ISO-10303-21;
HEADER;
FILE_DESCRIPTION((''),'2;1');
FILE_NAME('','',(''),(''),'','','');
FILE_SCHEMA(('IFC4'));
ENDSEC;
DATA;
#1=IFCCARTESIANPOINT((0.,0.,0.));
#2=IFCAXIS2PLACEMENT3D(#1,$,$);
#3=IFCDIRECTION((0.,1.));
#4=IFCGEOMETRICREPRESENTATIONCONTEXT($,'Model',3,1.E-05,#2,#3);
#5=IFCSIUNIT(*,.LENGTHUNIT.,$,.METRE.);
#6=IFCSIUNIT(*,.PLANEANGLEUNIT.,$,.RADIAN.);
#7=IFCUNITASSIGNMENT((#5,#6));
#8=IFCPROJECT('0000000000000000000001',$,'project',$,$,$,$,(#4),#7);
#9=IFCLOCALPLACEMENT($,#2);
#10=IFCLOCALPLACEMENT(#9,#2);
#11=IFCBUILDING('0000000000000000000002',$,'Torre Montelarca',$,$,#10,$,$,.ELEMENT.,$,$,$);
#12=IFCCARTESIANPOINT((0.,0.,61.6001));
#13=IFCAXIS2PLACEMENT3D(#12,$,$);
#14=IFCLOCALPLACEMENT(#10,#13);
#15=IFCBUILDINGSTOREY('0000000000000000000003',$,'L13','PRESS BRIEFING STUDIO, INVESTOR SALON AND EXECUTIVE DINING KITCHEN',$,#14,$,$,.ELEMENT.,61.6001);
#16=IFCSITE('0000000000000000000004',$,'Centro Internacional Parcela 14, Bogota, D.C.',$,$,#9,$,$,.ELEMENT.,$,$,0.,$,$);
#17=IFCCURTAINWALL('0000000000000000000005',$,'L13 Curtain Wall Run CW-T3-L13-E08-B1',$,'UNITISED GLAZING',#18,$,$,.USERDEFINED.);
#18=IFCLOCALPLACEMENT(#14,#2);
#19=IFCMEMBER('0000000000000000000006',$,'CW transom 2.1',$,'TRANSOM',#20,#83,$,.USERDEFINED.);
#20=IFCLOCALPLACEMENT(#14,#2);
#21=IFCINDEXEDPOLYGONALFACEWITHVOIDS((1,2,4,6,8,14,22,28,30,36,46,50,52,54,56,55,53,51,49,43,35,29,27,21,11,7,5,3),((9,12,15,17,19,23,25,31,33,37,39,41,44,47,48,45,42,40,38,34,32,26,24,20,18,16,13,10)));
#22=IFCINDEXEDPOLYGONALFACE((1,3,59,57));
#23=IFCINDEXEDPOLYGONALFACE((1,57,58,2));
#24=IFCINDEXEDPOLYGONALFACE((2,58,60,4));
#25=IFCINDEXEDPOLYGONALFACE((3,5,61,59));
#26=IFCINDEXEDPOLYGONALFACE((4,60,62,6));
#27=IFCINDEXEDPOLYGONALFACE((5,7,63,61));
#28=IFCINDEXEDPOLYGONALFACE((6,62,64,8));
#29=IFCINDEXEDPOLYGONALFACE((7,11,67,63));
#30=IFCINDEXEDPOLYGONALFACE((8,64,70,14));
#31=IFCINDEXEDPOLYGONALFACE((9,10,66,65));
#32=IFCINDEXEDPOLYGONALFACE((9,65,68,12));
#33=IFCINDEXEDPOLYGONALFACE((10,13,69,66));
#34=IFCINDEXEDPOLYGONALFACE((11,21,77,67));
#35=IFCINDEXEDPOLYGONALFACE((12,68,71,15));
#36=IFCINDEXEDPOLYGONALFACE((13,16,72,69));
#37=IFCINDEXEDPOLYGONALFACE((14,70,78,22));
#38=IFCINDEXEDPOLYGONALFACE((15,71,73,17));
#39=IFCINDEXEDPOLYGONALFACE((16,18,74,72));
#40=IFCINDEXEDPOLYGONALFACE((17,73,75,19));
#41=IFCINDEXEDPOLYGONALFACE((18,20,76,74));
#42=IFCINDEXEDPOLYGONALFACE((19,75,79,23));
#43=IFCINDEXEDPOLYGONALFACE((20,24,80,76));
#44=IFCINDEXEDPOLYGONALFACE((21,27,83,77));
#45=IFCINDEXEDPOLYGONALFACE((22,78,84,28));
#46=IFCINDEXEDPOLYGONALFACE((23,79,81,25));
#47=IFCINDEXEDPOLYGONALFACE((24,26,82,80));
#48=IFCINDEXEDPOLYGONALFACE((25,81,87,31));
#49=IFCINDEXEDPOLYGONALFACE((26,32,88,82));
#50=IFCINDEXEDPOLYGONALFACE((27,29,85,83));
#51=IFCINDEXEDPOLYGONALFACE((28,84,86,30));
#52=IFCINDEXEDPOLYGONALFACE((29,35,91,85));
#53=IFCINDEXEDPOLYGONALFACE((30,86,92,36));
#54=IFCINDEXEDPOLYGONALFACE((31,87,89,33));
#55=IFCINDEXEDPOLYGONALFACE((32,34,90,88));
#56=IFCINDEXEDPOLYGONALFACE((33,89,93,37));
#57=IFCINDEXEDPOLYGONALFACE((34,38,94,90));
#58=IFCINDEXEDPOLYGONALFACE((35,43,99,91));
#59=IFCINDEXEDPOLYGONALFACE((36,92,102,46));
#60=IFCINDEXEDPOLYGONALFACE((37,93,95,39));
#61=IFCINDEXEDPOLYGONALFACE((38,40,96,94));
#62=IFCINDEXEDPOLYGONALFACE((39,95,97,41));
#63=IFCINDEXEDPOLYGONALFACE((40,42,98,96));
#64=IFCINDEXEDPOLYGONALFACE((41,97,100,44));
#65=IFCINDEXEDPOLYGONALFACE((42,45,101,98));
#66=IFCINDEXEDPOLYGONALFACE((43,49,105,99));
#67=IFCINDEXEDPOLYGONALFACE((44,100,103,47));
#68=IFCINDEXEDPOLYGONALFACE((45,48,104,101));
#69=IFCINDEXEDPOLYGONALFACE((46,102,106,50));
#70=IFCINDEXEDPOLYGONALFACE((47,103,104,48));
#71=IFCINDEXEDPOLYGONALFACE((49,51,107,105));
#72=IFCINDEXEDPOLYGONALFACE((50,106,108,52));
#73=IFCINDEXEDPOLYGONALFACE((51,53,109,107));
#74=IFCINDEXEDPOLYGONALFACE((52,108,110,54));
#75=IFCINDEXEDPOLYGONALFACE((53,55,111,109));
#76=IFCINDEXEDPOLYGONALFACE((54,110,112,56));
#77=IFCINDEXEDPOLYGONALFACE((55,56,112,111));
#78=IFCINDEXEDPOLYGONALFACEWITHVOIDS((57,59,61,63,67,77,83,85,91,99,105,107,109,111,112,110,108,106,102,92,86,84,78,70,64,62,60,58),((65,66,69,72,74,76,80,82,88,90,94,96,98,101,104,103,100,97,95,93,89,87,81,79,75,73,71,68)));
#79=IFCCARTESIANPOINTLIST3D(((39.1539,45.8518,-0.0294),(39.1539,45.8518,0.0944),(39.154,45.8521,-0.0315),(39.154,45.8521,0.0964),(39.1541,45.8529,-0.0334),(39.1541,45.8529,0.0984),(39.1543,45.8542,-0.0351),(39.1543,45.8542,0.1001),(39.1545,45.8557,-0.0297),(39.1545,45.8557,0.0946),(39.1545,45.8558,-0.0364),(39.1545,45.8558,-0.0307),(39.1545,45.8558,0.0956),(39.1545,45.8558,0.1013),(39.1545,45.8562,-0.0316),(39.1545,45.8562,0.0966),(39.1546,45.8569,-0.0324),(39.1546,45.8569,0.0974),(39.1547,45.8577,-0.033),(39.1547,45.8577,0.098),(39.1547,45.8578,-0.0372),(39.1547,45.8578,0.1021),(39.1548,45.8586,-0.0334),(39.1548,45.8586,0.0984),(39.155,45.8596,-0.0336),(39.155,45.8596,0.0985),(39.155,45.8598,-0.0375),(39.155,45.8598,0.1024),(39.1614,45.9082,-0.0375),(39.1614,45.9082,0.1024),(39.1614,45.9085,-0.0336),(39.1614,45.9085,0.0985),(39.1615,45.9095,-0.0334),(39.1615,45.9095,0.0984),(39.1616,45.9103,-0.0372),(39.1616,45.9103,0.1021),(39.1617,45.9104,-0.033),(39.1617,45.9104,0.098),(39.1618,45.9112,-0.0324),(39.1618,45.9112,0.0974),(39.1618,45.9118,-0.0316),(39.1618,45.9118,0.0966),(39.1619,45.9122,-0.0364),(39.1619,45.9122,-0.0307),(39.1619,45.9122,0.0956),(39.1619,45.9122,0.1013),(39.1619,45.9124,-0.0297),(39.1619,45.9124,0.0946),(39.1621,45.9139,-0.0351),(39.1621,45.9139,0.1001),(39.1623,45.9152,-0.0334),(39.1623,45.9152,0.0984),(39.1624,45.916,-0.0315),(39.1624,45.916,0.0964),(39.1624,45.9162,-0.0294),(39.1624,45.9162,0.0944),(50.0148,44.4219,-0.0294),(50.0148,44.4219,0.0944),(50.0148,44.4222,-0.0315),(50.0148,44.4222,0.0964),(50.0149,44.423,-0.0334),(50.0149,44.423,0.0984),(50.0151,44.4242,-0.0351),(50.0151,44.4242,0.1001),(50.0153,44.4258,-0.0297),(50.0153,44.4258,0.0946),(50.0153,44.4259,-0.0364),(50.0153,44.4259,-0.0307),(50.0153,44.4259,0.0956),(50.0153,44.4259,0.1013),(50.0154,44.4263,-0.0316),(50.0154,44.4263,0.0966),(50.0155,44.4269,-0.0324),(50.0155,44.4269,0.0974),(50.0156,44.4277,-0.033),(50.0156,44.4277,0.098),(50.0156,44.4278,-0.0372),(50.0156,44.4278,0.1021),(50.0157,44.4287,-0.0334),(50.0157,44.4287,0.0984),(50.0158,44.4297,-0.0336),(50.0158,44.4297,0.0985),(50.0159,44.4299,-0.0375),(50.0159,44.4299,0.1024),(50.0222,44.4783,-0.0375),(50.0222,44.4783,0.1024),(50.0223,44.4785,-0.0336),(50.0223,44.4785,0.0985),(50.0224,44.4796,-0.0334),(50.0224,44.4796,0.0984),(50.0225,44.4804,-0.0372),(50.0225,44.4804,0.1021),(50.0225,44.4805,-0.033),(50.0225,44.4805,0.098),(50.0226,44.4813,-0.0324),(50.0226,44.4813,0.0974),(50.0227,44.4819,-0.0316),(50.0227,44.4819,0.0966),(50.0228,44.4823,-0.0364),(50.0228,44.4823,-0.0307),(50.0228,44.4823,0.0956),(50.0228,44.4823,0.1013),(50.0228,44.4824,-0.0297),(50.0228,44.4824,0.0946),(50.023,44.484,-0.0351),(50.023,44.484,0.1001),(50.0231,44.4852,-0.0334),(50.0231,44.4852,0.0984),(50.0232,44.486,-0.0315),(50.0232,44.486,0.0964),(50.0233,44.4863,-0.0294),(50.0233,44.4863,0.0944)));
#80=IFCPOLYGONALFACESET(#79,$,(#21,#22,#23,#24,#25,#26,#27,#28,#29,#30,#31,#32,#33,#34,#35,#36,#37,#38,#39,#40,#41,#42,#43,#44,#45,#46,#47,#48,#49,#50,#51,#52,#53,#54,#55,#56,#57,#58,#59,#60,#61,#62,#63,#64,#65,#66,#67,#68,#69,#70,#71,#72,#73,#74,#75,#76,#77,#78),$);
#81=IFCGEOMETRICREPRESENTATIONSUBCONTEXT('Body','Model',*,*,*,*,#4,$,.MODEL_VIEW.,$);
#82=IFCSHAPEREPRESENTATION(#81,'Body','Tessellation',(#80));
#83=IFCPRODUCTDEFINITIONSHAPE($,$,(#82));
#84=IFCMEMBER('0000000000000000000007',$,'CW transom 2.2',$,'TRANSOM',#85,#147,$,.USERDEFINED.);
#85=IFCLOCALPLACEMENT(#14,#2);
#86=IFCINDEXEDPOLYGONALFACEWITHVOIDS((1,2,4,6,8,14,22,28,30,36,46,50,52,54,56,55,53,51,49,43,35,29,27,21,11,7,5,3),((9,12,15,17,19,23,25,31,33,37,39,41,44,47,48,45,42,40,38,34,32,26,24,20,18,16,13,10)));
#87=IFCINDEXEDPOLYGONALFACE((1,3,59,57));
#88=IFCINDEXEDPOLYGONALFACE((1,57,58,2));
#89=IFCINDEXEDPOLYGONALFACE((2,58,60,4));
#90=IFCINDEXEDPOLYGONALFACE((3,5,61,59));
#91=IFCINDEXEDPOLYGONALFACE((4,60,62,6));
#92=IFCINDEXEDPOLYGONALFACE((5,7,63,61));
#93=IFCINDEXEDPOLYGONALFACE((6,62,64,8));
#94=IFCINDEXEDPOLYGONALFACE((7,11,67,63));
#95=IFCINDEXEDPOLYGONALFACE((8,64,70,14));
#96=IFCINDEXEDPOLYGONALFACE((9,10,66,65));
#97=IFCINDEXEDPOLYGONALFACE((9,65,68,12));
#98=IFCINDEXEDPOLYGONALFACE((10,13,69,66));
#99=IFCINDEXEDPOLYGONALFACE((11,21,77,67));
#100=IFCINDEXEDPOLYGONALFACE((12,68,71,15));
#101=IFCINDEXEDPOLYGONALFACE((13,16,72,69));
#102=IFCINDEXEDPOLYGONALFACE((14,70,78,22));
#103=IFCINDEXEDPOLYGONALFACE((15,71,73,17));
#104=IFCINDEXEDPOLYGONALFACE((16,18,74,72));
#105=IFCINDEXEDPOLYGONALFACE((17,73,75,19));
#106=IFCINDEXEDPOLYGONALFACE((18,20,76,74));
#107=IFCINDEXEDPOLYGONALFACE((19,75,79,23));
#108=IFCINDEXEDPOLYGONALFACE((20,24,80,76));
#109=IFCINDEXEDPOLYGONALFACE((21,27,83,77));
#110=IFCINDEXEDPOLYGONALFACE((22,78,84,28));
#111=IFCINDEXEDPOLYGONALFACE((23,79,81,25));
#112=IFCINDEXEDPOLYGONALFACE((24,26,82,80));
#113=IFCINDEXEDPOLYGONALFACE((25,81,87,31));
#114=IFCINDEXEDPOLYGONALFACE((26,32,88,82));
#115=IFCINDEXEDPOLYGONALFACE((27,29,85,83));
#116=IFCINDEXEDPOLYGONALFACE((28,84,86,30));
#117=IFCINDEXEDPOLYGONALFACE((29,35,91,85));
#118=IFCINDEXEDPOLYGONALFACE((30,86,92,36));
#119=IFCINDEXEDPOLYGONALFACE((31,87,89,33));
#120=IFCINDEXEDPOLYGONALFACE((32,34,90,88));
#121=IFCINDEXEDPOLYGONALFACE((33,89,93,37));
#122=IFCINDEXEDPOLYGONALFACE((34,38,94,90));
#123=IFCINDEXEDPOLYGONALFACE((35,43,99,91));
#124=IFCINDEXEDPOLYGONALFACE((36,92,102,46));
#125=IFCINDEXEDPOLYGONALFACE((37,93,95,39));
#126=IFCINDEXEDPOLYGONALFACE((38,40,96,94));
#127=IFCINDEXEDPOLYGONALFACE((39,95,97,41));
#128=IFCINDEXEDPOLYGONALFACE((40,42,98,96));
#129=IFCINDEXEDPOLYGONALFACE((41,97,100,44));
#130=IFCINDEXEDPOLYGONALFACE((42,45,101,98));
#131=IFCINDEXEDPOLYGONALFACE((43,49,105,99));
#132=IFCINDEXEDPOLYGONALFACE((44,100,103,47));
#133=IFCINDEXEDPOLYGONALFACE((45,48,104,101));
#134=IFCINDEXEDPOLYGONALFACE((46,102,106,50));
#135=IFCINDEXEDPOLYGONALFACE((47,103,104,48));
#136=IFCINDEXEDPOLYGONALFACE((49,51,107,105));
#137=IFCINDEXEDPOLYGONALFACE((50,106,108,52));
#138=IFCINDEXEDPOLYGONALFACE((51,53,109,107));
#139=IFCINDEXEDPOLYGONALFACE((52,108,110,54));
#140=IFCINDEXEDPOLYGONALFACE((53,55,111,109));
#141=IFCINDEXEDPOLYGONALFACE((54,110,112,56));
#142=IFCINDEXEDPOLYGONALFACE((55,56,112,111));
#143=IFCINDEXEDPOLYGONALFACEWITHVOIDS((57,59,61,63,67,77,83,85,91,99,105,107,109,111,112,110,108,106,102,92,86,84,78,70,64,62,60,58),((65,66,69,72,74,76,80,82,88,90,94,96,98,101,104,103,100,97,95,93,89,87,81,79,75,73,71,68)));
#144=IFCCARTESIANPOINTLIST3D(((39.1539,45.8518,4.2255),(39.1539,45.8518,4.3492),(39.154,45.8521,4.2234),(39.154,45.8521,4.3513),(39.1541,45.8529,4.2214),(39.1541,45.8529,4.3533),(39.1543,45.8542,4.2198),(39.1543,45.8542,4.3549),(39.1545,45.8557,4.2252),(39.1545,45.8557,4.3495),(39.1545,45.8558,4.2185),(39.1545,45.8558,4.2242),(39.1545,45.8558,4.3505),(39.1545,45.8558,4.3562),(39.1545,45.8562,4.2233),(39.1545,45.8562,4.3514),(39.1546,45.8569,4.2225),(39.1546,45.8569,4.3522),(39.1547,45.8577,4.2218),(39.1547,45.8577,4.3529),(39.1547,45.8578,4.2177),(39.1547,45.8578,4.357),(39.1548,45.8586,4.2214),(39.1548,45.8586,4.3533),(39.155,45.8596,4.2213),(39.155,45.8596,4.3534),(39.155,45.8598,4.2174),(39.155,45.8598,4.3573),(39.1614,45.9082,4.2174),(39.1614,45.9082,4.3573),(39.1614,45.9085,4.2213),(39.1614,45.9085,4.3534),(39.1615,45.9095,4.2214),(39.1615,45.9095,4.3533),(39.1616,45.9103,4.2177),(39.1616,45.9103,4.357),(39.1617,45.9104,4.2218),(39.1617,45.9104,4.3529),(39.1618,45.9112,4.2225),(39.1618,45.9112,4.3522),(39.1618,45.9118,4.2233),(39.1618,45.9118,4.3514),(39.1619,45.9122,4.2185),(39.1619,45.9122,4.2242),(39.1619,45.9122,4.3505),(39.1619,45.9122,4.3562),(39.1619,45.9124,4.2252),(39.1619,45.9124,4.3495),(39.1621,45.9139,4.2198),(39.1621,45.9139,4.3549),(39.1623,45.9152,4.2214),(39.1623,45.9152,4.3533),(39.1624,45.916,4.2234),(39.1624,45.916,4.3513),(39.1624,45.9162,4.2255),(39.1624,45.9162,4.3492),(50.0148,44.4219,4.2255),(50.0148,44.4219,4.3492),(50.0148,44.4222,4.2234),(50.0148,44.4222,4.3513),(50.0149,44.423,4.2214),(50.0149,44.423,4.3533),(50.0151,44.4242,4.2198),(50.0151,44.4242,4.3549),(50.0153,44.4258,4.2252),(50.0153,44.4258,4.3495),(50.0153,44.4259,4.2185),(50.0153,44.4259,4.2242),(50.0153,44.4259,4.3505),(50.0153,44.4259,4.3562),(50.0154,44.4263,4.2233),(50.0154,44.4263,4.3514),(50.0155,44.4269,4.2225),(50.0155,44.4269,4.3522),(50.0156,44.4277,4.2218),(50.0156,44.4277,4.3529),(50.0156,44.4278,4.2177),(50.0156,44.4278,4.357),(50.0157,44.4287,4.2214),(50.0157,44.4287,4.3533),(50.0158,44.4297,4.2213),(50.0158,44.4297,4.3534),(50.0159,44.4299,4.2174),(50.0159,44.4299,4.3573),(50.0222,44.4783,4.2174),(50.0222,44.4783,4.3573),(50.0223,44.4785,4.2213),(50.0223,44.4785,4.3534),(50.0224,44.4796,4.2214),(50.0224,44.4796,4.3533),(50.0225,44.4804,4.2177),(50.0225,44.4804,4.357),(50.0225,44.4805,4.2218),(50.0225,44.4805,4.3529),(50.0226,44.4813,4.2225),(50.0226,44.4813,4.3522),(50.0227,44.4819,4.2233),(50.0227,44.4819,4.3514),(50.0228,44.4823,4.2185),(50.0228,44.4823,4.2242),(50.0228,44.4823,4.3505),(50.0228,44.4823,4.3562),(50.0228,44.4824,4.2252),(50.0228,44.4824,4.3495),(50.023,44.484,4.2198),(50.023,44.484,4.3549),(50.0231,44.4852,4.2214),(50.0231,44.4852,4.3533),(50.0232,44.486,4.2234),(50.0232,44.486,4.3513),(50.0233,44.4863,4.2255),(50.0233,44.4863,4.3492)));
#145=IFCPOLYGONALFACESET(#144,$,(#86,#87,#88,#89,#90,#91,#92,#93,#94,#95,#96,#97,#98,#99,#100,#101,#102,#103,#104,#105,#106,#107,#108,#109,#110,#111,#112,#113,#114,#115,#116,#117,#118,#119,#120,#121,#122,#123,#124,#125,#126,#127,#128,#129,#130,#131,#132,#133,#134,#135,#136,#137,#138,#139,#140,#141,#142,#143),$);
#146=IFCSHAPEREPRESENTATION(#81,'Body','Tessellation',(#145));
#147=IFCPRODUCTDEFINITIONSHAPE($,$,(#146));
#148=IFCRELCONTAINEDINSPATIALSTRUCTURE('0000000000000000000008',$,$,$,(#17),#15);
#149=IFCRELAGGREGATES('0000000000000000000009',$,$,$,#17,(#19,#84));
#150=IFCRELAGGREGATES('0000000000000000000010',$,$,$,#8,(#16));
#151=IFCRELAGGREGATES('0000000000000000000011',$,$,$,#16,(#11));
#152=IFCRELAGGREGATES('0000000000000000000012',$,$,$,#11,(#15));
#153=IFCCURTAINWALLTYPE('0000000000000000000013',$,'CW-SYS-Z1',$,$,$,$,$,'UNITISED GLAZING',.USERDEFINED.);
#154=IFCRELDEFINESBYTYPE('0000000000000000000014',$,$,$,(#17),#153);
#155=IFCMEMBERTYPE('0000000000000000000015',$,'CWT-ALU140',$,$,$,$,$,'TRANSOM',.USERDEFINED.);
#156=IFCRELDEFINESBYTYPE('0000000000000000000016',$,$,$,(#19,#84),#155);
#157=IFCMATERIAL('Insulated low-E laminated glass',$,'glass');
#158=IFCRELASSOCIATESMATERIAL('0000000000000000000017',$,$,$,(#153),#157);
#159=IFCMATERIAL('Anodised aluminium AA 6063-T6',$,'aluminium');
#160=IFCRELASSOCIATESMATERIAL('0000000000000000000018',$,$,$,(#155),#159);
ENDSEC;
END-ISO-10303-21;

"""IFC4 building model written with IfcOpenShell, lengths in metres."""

from ifc_helpers import new_model, si_unit, direction, frame, origin, origin_2d, place, context, subcontext, project, spatial, hollow_rectangle, extrude, source, transform, mapped, material, material_profile, profile_set, type_object, element, aggregate, save


model = new_model("IFC4")

# Units and contexts
model_context = context("Model", 3, precision=1e-05, world=origin(), true_north=direction((0.0, 1.0)))
body_context = subcontext(model_context, "Body", "Model", "MODEL_VIEW")
ifc_project = project(units=[si_unit("LENGTHUNIT", "METRE"), si_unit("PLANEANGLEUNIT", "RADIAN")], contexts=[model_context])

# Site, building, storey
site_placement = place(None, origin())
site = spatial("IfcSite", under=ifc_project, at=site_placement, Name="Centro Internacional Parcela 14, Bogota, D.C.", CompositionType="ELEMENT", RefElevation=0.0)
building_placement = place(site_placement, origin())
building = spatial("IfcBuilding", under=site, at=building_placement, Name="Torre Montelarca", CompositionType="ELEMENT")
storey_placement = place(building_placement, frame((0.0, 0.0, 61.6001)))
storey = spatial("IfcBuildingStorey", under=building, at=storey_placement, Name="L13", Description="PRESS BRIEFING STUDIO, INVESTOR SALON AND EXECUTIVE DINING KITCHEN", CompositionType="ELEMENT", Elevation=61.6001)

# Curtain wall, members
ifc_material_1 = material(Name="Insulated low-E laminated glass", Category="glass")
curtain_wall_type = type_object("IfcCurtainWallType", Name="CW-SYS-Z1", ElementType="UNITISED GLAZING", PredefinedType="USERDEFINED", material=ifc_material_1)
ifc_material_2 = material(Name="Anodised aluminium AA 6063-T6", Category="aluminium")
ifc_material_profile_1 = material_profile(ifc_material_2, hollow_rectangle(XDim=0.0649, YDim=0.1399, WallThickness=0.0039, InnerFilletRadius=0.0039, OuterFilletRadius=0.0081, at=origin_2d()), Name="ALU65X140X4", Category="aluminium")
ifc_profile_set_1 = profile_set([ifc_material_profile_1], Name="Anodised aluminium AA 6063-T6")
member_type_1 = type_object("IfcMemberType", Name="CWT-ALU140", ElementType="TRANSOM", PredefinedType="USERDEFINED", material=ifc_profile_set_1)
curtain_wall_1_placement = place(storey_placement, origin())
curtain_wall_1 = element("IfcCurtainWall", 1, at=curtain_wall_1_placement, inside=storey, type_object=curtain_wall_type, Name="L13 Curtain Wall Run CW-T3-L13-E08-B1", ObjectType="UNITISED GLAZING", PredefinedType="USERDEFINED")
shared_shape_1 = source(origin(), body_context, "Body", "SweptSolid", [
    extrude(hollow_rectangle(XDim=0.0649, YDim=0.1399, WallThickness=0.0039, InnerFilletRadius=0.0039, OuterFilletRadius=0.0081, at=origin_2d()), origin(), (0.0, 0.0, 1.0), 10.9546),
])
member_1_placement = place(storey_placement, frame((50.019, 44.4541, 0.0325), z_axis=(-0.991444, 0.130533, 0.0), x_axis=(-0.130533, -0.991444, 0.0)))
member_1 = element("IfcMember", 2, at=member_1_placement, type_object=member_type_1, Name="CW transom 2.1", ObjectType="TRANSOM", PredefinedType="USERDEFINED", context=body_context, shape_type="MappedRepresentation", body=[
    mapped(shared_shape_1, transform((0.0, 0.0, 0.0), scale=1.0)),
])
member_2_placement = place(storey_placement, frame((50.019, 44.4541, 4.2874), z_axis=(-0.991444, 0.130533, 0.0), x_axis=(-0.130533, -0.991444, 0.0)))
member_2 = element("IfcMember", 3, at=member_2_placement, type_object=member_type_1, Name="CW transom 2.2", ObjectType="TRANSOM", PredefinedType="USERDEFINED", context=body_context, shape_type="MappedRepresentation", body=[
    mapped(shared_shape_1, transform((0.0, 0.0, 0.0), scale=1.0)),
])

aggregate(curtain_wall_1, [member_1, member_2])

save(model, "model.ifc")
